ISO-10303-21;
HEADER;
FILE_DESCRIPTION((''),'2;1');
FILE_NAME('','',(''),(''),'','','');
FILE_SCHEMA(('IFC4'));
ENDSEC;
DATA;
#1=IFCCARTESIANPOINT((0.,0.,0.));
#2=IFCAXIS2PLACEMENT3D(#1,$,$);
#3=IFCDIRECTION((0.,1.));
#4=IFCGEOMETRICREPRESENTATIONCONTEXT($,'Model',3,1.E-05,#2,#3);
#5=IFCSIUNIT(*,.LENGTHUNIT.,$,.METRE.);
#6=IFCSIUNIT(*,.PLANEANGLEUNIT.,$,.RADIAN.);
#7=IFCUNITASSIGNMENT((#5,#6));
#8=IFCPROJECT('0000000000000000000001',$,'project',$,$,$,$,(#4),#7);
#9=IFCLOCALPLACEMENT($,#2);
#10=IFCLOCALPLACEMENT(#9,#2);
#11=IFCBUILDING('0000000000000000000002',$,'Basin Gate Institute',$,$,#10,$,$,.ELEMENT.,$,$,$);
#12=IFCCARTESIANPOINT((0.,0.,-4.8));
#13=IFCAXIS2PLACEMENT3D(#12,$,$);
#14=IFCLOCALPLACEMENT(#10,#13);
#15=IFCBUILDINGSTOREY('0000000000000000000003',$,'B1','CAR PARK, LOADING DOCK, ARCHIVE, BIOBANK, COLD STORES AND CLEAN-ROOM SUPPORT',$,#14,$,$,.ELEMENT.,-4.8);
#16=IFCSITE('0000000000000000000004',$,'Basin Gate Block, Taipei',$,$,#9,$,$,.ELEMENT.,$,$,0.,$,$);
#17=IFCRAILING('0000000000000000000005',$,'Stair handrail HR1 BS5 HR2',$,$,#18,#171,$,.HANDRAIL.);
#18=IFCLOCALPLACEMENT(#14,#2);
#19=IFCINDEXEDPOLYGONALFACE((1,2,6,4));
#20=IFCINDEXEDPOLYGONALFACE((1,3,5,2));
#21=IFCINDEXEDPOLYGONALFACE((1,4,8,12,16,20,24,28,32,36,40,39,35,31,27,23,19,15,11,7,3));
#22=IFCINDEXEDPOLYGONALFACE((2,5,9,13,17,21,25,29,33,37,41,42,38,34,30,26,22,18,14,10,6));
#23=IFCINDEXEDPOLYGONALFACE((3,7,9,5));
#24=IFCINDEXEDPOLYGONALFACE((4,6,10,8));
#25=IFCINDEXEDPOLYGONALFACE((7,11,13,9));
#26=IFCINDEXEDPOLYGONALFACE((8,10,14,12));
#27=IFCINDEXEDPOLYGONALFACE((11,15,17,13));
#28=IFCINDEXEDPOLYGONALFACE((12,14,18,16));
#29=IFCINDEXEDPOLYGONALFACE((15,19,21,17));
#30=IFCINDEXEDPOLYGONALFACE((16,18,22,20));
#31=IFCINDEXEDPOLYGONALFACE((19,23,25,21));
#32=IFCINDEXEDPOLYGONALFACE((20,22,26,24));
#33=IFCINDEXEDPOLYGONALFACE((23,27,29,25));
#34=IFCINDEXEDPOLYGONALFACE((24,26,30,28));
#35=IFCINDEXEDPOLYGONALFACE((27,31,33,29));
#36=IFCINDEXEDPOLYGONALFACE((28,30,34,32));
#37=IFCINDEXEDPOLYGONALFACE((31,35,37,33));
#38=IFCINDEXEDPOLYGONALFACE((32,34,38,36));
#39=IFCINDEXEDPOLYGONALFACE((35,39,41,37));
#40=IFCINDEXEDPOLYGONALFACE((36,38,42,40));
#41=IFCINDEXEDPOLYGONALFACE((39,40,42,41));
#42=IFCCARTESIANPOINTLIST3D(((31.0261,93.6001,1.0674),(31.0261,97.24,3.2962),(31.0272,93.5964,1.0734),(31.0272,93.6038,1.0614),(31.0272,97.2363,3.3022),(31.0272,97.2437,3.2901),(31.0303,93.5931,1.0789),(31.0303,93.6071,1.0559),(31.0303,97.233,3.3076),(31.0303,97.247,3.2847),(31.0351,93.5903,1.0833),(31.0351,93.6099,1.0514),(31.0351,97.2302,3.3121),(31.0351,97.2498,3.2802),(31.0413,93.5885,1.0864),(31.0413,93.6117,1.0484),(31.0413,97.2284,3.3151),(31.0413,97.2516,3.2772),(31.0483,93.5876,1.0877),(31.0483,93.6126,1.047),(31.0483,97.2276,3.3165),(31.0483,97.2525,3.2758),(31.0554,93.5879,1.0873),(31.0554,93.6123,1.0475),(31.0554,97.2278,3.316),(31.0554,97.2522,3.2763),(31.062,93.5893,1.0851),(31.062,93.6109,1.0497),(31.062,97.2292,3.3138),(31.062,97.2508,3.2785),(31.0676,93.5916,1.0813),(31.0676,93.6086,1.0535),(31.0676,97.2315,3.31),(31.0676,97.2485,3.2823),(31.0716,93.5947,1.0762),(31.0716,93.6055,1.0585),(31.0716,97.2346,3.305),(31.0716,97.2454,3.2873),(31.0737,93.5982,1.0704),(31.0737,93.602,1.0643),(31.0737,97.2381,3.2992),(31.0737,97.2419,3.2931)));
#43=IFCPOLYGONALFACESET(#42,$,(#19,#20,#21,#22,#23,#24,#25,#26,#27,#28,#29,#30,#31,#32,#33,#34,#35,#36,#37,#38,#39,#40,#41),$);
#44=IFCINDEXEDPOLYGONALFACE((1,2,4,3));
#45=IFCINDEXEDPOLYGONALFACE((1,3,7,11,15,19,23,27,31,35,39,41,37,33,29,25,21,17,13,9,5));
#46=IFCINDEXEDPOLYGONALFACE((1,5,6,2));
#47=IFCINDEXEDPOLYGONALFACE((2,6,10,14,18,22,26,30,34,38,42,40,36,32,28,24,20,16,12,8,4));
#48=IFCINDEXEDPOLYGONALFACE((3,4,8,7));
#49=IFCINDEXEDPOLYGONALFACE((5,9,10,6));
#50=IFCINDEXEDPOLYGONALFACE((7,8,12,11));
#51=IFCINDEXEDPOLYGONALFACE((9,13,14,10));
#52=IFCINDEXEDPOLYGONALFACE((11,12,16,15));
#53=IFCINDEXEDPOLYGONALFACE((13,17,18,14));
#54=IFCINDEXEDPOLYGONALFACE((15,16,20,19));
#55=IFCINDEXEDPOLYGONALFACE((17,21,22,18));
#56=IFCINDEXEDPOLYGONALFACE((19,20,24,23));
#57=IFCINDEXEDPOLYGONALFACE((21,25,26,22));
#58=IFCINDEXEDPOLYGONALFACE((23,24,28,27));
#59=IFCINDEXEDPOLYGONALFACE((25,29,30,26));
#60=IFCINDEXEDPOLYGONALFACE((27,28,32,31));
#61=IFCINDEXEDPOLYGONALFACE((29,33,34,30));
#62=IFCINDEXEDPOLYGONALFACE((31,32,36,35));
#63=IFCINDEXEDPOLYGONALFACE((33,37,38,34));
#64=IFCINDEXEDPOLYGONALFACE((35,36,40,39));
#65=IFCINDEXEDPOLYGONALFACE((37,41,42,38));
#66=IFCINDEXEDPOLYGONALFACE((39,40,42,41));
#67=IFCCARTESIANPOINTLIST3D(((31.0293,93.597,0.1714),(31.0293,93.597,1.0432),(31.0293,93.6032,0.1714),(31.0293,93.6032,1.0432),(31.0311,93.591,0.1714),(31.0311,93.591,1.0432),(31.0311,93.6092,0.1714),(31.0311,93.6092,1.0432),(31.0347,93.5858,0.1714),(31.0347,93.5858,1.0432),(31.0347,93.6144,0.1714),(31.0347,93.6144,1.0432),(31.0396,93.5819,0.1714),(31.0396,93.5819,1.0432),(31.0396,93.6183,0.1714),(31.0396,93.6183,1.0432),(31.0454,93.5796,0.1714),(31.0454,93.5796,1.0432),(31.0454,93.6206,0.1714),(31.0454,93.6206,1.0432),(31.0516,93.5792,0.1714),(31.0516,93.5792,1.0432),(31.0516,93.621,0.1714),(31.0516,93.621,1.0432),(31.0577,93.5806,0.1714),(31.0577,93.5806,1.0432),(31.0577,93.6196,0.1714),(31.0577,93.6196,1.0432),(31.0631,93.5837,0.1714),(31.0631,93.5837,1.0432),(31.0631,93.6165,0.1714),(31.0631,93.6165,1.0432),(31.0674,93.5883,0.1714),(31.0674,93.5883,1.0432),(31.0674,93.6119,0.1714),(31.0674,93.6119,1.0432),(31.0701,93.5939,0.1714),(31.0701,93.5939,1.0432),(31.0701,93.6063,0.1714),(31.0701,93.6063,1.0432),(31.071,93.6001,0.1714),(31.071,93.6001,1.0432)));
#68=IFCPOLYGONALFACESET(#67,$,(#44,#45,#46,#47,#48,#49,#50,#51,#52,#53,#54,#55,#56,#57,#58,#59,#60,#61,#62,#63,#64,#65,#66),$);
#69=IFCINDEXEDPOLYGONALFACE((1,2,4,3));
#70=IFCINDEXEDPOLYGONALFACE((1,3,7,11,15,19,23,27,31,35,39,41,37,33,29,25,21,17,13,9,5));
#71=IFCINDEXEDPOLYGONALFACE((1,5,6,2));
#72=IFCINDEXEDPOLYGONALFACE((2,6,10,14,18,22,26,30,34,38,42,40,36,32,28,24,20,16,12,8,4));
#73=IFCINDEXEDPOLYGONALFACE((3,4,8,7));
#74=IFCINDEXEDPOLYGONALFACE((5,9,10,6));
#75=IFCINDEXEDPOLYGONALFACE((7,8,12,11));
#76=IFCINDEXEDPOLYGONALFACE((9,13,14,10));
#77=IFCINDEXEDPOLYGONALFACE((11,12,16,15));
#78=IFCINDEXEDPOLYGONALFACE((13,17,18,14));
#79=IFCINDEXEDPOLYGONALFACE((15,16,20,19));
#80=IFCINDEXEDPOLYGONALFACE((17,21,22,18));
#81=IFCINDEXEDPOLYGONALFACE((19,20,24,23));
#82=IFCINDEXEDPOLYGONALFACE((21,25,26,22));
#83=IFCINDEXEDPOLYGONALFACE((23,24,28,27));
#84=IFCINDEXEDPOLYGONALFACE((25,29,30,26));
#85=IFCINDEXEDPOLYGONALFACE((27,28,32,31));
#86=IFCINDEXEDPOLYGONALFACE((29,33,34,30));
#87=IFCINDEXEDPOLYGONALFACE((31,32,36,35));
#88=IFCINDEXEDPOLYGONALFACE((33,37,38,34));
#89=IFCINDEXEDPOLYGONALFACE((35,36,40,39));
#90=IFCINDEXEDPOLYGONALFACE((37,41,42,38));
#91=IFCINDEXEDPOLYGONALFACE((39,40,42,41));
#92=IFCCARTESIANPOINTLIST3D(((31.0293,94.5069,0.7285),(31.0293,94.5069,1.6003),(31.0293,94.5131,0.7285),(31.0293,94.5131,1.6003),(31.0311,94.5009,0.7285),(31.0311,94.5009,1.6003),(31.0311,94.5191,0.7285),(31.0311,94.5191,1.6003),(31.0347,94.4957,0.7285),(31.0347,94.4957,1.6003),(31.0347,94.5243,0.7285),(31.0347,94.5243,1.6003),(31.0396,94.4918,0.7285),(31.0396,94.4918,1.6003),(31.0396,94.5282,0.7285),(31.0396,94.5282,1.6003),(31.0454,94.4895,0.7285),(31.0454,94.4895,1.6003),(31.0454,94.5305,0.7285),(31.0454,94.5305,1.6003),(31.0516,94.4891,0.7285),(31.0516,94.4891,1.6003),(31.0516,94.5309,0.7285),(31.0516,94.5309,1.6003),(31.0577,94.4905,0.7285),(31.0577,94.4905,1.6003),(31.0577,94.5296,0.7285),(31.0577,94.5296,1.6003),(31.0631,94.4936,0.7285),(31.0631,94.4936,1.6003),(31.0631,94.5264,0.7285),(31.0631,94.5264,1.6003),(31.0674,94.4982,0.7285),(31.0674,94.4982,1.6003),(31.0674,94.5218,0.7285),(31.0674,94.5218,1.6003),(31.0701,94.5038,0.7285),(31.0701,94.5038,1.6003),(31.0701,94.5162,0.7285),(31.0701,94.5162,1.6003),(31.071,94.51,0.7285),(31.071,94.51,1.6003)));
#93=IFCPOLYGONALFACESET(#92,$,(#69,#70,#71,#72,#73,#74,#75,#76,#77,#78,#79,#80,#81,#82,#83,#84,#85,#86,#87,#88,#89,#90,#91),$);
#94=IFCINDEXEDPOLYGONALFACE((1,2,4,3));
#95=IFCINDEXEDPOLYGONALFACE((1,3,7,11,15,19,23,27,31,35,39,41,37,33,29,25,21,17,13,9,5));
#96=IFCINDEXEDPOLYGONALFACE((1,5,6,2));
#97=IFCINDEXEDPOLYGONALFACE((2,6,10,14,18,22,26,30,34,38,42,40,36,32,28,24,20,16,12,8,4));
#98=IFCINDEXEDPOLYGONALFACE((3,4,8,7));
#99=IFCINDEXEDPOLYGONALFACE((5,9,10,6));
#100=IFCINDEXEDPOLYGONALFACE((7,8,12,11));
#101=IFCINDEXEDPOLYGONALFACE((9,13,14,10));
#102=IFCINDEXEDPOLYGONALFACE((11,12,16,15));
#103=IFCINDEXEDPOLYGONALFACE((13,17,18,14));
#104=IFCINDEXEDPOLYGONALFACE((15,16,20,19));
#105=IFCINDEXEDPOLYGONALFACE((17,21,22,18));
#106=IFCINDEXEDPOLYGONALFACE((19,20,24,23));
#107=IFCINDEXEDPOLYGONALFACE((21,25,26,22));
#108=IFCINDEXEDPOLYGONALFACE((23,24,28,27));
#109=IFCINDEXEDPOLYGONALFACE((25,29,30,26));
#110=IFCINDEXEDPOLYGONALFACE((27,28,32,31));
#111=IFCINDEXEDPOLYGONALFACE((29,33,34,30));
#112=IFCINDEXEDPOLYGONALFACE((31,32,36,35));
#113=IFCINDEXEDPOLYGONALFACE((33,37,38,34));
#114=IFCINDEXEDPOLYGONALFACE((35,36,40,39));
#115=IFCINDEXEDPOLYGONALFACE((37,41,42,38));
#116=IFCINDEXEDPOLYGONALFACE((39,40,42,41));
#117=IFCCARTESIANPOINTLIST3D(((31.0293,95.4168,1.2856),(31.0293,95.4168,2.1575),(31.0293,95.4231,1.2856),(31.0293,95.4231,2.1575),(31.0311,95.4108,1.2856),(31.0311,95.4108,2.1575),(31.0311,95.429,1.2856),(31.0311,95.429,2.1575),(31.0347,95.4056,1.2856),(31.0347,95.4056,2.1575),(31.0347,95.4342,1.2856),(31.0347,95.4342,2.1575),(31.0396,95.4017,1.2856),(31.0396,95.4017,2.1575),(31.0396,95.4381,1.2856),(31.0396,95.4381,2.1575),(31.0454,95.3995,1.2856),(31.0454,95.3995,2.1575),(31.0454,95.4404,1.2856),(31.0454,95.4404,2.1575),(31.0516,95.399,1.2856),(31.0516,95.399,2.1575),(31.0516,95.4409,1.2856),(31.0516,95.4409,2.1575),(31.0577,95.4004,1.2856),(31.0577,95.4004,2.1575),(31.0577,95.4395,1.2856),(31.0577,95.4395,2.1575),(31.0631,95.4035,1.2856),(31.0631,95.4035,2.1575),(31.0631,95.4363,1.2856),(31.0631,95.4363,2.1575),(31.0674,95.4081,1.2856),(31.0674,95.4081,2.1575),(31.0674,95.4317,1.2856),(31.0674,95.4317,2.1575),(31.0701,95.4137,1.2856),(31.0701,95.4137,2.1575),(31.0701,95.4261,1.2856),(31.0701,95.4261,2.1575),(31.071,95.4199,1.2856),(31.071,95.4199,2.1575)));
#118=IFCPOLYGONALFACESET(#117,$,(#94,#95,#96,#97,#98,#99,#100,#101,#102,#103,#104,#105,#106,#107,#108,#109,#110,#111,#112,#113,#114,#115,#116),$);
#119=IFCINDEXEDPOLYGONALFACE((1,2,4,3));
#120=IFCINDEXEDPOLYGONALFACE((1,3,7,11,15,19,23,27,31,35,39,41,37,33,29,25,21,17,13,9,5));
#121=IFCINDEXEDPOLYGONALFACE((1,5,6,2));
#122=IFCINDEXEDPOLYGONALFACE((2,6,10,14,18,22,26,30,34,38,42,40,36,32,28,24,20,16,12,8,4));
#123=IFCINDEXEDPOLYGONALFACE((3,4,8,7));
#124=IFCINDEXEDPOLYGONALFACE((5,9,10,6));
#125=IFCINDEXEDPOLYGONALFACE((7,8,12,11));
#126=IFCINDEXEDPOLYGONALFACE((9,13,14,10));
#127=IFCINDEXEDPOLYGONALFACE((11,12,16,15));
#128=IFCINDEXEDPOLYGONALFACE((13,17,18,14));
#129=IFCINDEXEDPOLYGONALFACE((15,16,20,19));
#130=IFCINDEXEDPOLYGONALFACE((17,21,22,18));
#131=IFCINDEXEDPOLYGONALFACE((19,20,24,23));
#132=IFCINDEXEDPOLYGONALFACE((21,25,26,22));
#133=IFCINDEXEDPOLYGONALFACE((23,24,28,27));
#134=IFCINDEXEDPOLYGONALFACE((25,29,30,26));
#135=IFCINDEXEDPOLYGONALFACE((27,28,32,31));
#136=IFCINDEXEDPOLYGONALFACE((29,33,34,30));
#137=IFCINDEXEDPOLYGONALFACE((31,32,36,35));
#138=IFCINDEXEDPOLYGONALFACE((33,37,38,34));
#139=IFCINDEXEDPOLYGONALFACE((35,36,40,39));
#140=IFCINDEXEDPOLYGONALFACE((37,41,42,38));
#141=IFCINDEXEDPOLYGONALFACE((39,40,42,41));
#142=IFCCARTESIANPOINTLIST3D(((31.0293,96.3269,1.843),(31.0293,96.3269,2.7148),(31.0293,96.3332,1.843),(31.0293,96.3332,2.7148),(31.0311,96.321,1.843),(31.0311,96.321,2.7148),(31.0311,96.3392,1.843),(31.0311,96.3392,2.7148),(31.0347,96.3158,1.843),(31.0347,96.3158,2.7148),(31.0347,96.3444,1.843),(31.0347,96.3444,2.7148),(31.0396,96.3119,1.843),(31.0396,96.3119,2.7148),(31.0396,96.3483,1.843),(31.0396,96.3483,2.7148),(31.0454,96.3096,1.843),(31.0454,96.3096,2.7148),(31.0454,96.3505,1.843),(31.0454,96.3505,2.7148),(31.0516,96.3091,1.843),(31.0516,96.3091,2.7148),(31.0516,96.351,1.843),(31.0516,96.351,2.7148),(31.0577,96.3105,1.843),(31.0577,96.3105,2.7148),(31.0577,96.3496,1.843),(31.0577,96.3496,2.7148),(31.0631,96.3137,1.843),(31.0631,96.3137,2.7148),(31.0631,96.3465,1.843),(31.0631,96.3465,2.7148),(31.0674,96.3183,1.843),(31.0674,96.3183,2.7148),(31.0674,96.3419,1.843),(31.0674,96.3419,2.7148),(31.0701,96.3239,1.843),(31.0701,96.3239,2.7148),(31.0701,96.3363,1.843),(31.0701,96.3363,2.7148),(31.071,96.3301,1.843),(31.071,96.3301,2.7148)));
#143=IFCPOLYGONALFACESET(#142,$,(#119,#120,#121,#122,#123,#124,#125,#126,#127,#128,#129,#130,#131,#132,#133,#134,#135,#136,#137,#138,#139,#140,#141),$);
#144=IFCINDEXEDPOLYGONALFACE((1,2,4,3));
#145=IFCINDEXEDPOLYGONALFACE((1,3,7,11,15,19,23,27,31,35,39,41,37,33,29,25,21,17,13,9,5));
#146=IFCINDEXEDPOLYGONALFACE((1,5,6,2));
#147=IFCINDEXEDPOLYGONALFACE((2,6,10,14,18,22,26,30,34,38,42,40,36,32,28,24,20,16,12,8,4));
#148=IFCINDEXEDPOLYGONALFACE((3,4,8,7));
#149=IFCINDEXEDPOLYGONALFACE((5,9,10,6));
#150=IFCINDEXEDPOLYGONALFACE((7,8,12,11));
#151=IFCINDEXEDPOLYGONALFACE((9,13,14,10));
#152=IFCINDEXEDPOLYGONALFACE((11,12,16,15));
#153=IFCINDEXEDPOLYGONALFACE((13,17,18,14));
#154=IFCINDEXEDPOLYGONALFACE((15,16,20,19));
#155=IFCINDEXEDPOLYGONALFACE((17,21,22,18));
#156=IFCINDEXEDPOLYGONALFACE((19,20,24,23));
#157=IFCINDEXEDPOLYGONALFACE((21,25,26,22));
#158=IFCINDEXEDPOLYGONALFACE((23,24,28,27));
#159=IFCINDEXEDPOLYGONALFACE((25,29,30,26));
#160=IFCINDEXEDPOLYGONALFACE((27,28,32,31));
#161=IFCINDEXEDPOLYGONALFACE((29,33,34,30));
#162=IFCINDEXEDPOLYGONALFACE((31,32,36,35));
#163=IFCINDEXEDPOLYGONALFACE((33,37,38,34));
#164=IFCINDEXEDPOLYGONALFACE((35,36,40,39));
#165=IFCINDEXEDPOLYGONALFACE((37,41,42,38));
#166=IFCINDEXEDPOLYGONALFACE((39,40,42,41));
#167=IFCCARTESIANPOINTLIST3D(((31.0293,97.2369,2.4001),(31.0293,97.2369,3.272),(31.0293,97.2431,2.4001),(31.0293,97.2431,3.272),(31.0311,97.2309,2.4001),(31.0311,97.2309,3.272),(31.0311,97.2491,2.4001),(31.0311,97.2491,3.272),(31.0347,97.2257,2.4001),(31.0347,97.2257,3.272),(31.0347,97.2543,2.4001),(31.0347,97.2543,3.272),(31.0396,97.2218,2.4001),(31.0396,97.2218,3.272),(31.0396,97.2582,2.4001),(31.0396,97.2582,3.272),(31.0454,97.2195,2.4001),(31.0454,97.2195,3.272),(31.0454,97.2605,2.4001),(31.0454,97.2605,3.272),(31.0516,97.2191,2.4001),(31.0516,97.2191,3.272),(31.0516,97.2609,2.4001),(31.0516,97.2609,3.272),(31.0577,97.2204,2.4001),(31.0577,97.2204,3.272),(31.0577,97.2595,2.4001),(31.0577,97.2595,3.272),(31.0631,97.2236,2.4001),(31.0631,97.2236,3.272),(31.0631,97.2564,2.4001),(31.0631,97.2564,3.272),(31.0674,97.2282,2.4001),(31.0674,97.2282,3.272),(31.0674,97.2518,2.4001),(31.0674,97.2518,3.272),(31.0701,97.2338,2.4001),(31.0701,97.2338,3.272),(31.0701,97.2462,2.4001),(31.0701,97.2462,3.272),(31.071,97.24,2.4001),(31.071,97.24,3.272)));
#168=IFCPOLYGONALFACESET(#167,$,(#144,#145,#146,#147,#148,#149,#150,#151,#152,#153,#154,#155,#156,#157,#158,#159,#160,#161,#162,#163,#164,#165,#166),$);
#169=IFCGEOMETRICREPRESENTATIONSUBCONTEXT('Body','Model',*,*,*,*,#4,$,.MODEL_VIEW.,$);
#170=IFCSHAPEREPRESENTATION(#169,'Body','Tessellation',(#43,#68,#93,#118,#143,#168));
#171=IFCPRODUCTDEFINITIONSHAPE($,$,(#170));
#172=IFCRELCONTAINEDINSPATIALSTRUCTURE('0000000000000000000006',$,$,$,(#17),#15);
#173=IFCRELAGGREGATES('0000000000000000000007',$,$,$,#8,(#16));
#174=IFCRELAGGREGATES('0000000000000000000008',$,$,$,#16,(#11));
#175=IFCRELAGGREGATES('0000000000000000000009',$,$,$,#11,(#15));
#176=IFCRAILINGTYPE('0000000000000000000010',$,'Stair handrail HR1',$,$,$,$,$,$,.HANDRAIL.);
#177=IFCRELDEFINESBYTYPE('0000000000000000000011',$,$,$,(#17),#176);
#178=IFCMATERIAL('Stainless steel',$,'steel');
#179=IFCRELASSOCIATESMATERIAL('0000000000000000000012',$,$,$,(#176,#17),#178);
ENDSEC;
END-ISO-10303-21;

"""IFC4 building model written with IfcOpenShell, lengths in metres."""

from ifc_helpers import new_model, si_unit, direction, frame, origin, origin_2d, place, context, subcontext, project, spatial, circle, extrude, material, type_object, element, save


model = new_model("IFC4")

# Units and contexts
model_context = context("Model", 3, precision=1e-05, world=origin(), true_north=direction((0.0, 1.0)))
body_context = subcontext(model_context, "Body", "Model", "MODEL_VIEW")
ifc_project = project(units=[si_unit("LENGTHUNIT", "METRE"), si_unit("PLANEANGLEUNIT", "RADIAN")], contexts=[model_context])

# Site, building, storey
site_placement = place(None, origin())
site = spatial("IfcSite", under=ifc_project, at=site_placement, Name="Basin Gate Block, Taipei", CompositionType="ELEMENT", RefElevation=0.0)
building_placement = place(site_placement, origin())
building = spatial("IfcBuilding", under=site, at=building_placement, Name="Basin Gate Institute", CompositionType="ELEMENT")
storey_placement = place(building_placement, frame((0.0, 0.0, -4.8)))
storey = spatial("IfcBuildingStorey", under=building, at=storey_placement, Name="B1", Description="CAR PARK, LOADING DOCK, ARCHIVE, BIOBANK, COLD STORES AND CLEAN-ROOM SUPPORT", CompositionType="ELEMENT", Elevation=-4.8)

# Railing
ifc_material_1 = material(Name="Stainless steel", Category="steel")
railing_type_1 = type_object("IfcRailingType", Name="Stair handrail HR1", PredefinedType="HANDRAIL", material=ifc_material_1)
for number, where, name in (
    (1, (31.05, 93.6001, 0.1714), "Stair handrail HR1 BS5 HR2"),
):
    element("IfcRailing", number, at=place(storey_placement, frame(where)), inside=storey, type_object=railing_type_1, material=ifc_material_1, Name=name, PredefinedType="HANDRAIL", context=body_context, shape_type="SweptSolid", body=[
        extrude(circle(Radius=0.0239, at=origin_2d()), frame((0.0, 0.0, 0.896), z_axis=(0.0, 0.852825, 0.522197), x_axis=(-1.0, 0.0, 0.0)), (0.0, 0.0, 1.0), 4.2681),
        extrude(circle(Radius=0.021, at=origin_2d()), origin(), (0.0, 0.0, 1.0), 0.8718),
        extrude(circle(Radius=0.021, at=origin_2d()), frame((0.0, 0.9099, 0.5571)), (0.0, 0.0, 1.0), 0.8718),
        extrude(circle(Radius=0.021, at=origin_2d()), frame((0.0, 1.8198, 1.1143)), (0.0, 0.0, 1.0), 0.8718),
        extrude(circle(Radius=0.021, at=origin_2d()), frame((0.0, 2.73, 1.6716)), (0.0, 0.0, 1.0), 0.8718),
        extrude(circle(Radius=0.021, at=origin_2d()), frame((0.0, 3.6399, 2.2288)), (0.0, 0.0, 1.0), 0.8718),
    ])

save(model, "model.ifc")
